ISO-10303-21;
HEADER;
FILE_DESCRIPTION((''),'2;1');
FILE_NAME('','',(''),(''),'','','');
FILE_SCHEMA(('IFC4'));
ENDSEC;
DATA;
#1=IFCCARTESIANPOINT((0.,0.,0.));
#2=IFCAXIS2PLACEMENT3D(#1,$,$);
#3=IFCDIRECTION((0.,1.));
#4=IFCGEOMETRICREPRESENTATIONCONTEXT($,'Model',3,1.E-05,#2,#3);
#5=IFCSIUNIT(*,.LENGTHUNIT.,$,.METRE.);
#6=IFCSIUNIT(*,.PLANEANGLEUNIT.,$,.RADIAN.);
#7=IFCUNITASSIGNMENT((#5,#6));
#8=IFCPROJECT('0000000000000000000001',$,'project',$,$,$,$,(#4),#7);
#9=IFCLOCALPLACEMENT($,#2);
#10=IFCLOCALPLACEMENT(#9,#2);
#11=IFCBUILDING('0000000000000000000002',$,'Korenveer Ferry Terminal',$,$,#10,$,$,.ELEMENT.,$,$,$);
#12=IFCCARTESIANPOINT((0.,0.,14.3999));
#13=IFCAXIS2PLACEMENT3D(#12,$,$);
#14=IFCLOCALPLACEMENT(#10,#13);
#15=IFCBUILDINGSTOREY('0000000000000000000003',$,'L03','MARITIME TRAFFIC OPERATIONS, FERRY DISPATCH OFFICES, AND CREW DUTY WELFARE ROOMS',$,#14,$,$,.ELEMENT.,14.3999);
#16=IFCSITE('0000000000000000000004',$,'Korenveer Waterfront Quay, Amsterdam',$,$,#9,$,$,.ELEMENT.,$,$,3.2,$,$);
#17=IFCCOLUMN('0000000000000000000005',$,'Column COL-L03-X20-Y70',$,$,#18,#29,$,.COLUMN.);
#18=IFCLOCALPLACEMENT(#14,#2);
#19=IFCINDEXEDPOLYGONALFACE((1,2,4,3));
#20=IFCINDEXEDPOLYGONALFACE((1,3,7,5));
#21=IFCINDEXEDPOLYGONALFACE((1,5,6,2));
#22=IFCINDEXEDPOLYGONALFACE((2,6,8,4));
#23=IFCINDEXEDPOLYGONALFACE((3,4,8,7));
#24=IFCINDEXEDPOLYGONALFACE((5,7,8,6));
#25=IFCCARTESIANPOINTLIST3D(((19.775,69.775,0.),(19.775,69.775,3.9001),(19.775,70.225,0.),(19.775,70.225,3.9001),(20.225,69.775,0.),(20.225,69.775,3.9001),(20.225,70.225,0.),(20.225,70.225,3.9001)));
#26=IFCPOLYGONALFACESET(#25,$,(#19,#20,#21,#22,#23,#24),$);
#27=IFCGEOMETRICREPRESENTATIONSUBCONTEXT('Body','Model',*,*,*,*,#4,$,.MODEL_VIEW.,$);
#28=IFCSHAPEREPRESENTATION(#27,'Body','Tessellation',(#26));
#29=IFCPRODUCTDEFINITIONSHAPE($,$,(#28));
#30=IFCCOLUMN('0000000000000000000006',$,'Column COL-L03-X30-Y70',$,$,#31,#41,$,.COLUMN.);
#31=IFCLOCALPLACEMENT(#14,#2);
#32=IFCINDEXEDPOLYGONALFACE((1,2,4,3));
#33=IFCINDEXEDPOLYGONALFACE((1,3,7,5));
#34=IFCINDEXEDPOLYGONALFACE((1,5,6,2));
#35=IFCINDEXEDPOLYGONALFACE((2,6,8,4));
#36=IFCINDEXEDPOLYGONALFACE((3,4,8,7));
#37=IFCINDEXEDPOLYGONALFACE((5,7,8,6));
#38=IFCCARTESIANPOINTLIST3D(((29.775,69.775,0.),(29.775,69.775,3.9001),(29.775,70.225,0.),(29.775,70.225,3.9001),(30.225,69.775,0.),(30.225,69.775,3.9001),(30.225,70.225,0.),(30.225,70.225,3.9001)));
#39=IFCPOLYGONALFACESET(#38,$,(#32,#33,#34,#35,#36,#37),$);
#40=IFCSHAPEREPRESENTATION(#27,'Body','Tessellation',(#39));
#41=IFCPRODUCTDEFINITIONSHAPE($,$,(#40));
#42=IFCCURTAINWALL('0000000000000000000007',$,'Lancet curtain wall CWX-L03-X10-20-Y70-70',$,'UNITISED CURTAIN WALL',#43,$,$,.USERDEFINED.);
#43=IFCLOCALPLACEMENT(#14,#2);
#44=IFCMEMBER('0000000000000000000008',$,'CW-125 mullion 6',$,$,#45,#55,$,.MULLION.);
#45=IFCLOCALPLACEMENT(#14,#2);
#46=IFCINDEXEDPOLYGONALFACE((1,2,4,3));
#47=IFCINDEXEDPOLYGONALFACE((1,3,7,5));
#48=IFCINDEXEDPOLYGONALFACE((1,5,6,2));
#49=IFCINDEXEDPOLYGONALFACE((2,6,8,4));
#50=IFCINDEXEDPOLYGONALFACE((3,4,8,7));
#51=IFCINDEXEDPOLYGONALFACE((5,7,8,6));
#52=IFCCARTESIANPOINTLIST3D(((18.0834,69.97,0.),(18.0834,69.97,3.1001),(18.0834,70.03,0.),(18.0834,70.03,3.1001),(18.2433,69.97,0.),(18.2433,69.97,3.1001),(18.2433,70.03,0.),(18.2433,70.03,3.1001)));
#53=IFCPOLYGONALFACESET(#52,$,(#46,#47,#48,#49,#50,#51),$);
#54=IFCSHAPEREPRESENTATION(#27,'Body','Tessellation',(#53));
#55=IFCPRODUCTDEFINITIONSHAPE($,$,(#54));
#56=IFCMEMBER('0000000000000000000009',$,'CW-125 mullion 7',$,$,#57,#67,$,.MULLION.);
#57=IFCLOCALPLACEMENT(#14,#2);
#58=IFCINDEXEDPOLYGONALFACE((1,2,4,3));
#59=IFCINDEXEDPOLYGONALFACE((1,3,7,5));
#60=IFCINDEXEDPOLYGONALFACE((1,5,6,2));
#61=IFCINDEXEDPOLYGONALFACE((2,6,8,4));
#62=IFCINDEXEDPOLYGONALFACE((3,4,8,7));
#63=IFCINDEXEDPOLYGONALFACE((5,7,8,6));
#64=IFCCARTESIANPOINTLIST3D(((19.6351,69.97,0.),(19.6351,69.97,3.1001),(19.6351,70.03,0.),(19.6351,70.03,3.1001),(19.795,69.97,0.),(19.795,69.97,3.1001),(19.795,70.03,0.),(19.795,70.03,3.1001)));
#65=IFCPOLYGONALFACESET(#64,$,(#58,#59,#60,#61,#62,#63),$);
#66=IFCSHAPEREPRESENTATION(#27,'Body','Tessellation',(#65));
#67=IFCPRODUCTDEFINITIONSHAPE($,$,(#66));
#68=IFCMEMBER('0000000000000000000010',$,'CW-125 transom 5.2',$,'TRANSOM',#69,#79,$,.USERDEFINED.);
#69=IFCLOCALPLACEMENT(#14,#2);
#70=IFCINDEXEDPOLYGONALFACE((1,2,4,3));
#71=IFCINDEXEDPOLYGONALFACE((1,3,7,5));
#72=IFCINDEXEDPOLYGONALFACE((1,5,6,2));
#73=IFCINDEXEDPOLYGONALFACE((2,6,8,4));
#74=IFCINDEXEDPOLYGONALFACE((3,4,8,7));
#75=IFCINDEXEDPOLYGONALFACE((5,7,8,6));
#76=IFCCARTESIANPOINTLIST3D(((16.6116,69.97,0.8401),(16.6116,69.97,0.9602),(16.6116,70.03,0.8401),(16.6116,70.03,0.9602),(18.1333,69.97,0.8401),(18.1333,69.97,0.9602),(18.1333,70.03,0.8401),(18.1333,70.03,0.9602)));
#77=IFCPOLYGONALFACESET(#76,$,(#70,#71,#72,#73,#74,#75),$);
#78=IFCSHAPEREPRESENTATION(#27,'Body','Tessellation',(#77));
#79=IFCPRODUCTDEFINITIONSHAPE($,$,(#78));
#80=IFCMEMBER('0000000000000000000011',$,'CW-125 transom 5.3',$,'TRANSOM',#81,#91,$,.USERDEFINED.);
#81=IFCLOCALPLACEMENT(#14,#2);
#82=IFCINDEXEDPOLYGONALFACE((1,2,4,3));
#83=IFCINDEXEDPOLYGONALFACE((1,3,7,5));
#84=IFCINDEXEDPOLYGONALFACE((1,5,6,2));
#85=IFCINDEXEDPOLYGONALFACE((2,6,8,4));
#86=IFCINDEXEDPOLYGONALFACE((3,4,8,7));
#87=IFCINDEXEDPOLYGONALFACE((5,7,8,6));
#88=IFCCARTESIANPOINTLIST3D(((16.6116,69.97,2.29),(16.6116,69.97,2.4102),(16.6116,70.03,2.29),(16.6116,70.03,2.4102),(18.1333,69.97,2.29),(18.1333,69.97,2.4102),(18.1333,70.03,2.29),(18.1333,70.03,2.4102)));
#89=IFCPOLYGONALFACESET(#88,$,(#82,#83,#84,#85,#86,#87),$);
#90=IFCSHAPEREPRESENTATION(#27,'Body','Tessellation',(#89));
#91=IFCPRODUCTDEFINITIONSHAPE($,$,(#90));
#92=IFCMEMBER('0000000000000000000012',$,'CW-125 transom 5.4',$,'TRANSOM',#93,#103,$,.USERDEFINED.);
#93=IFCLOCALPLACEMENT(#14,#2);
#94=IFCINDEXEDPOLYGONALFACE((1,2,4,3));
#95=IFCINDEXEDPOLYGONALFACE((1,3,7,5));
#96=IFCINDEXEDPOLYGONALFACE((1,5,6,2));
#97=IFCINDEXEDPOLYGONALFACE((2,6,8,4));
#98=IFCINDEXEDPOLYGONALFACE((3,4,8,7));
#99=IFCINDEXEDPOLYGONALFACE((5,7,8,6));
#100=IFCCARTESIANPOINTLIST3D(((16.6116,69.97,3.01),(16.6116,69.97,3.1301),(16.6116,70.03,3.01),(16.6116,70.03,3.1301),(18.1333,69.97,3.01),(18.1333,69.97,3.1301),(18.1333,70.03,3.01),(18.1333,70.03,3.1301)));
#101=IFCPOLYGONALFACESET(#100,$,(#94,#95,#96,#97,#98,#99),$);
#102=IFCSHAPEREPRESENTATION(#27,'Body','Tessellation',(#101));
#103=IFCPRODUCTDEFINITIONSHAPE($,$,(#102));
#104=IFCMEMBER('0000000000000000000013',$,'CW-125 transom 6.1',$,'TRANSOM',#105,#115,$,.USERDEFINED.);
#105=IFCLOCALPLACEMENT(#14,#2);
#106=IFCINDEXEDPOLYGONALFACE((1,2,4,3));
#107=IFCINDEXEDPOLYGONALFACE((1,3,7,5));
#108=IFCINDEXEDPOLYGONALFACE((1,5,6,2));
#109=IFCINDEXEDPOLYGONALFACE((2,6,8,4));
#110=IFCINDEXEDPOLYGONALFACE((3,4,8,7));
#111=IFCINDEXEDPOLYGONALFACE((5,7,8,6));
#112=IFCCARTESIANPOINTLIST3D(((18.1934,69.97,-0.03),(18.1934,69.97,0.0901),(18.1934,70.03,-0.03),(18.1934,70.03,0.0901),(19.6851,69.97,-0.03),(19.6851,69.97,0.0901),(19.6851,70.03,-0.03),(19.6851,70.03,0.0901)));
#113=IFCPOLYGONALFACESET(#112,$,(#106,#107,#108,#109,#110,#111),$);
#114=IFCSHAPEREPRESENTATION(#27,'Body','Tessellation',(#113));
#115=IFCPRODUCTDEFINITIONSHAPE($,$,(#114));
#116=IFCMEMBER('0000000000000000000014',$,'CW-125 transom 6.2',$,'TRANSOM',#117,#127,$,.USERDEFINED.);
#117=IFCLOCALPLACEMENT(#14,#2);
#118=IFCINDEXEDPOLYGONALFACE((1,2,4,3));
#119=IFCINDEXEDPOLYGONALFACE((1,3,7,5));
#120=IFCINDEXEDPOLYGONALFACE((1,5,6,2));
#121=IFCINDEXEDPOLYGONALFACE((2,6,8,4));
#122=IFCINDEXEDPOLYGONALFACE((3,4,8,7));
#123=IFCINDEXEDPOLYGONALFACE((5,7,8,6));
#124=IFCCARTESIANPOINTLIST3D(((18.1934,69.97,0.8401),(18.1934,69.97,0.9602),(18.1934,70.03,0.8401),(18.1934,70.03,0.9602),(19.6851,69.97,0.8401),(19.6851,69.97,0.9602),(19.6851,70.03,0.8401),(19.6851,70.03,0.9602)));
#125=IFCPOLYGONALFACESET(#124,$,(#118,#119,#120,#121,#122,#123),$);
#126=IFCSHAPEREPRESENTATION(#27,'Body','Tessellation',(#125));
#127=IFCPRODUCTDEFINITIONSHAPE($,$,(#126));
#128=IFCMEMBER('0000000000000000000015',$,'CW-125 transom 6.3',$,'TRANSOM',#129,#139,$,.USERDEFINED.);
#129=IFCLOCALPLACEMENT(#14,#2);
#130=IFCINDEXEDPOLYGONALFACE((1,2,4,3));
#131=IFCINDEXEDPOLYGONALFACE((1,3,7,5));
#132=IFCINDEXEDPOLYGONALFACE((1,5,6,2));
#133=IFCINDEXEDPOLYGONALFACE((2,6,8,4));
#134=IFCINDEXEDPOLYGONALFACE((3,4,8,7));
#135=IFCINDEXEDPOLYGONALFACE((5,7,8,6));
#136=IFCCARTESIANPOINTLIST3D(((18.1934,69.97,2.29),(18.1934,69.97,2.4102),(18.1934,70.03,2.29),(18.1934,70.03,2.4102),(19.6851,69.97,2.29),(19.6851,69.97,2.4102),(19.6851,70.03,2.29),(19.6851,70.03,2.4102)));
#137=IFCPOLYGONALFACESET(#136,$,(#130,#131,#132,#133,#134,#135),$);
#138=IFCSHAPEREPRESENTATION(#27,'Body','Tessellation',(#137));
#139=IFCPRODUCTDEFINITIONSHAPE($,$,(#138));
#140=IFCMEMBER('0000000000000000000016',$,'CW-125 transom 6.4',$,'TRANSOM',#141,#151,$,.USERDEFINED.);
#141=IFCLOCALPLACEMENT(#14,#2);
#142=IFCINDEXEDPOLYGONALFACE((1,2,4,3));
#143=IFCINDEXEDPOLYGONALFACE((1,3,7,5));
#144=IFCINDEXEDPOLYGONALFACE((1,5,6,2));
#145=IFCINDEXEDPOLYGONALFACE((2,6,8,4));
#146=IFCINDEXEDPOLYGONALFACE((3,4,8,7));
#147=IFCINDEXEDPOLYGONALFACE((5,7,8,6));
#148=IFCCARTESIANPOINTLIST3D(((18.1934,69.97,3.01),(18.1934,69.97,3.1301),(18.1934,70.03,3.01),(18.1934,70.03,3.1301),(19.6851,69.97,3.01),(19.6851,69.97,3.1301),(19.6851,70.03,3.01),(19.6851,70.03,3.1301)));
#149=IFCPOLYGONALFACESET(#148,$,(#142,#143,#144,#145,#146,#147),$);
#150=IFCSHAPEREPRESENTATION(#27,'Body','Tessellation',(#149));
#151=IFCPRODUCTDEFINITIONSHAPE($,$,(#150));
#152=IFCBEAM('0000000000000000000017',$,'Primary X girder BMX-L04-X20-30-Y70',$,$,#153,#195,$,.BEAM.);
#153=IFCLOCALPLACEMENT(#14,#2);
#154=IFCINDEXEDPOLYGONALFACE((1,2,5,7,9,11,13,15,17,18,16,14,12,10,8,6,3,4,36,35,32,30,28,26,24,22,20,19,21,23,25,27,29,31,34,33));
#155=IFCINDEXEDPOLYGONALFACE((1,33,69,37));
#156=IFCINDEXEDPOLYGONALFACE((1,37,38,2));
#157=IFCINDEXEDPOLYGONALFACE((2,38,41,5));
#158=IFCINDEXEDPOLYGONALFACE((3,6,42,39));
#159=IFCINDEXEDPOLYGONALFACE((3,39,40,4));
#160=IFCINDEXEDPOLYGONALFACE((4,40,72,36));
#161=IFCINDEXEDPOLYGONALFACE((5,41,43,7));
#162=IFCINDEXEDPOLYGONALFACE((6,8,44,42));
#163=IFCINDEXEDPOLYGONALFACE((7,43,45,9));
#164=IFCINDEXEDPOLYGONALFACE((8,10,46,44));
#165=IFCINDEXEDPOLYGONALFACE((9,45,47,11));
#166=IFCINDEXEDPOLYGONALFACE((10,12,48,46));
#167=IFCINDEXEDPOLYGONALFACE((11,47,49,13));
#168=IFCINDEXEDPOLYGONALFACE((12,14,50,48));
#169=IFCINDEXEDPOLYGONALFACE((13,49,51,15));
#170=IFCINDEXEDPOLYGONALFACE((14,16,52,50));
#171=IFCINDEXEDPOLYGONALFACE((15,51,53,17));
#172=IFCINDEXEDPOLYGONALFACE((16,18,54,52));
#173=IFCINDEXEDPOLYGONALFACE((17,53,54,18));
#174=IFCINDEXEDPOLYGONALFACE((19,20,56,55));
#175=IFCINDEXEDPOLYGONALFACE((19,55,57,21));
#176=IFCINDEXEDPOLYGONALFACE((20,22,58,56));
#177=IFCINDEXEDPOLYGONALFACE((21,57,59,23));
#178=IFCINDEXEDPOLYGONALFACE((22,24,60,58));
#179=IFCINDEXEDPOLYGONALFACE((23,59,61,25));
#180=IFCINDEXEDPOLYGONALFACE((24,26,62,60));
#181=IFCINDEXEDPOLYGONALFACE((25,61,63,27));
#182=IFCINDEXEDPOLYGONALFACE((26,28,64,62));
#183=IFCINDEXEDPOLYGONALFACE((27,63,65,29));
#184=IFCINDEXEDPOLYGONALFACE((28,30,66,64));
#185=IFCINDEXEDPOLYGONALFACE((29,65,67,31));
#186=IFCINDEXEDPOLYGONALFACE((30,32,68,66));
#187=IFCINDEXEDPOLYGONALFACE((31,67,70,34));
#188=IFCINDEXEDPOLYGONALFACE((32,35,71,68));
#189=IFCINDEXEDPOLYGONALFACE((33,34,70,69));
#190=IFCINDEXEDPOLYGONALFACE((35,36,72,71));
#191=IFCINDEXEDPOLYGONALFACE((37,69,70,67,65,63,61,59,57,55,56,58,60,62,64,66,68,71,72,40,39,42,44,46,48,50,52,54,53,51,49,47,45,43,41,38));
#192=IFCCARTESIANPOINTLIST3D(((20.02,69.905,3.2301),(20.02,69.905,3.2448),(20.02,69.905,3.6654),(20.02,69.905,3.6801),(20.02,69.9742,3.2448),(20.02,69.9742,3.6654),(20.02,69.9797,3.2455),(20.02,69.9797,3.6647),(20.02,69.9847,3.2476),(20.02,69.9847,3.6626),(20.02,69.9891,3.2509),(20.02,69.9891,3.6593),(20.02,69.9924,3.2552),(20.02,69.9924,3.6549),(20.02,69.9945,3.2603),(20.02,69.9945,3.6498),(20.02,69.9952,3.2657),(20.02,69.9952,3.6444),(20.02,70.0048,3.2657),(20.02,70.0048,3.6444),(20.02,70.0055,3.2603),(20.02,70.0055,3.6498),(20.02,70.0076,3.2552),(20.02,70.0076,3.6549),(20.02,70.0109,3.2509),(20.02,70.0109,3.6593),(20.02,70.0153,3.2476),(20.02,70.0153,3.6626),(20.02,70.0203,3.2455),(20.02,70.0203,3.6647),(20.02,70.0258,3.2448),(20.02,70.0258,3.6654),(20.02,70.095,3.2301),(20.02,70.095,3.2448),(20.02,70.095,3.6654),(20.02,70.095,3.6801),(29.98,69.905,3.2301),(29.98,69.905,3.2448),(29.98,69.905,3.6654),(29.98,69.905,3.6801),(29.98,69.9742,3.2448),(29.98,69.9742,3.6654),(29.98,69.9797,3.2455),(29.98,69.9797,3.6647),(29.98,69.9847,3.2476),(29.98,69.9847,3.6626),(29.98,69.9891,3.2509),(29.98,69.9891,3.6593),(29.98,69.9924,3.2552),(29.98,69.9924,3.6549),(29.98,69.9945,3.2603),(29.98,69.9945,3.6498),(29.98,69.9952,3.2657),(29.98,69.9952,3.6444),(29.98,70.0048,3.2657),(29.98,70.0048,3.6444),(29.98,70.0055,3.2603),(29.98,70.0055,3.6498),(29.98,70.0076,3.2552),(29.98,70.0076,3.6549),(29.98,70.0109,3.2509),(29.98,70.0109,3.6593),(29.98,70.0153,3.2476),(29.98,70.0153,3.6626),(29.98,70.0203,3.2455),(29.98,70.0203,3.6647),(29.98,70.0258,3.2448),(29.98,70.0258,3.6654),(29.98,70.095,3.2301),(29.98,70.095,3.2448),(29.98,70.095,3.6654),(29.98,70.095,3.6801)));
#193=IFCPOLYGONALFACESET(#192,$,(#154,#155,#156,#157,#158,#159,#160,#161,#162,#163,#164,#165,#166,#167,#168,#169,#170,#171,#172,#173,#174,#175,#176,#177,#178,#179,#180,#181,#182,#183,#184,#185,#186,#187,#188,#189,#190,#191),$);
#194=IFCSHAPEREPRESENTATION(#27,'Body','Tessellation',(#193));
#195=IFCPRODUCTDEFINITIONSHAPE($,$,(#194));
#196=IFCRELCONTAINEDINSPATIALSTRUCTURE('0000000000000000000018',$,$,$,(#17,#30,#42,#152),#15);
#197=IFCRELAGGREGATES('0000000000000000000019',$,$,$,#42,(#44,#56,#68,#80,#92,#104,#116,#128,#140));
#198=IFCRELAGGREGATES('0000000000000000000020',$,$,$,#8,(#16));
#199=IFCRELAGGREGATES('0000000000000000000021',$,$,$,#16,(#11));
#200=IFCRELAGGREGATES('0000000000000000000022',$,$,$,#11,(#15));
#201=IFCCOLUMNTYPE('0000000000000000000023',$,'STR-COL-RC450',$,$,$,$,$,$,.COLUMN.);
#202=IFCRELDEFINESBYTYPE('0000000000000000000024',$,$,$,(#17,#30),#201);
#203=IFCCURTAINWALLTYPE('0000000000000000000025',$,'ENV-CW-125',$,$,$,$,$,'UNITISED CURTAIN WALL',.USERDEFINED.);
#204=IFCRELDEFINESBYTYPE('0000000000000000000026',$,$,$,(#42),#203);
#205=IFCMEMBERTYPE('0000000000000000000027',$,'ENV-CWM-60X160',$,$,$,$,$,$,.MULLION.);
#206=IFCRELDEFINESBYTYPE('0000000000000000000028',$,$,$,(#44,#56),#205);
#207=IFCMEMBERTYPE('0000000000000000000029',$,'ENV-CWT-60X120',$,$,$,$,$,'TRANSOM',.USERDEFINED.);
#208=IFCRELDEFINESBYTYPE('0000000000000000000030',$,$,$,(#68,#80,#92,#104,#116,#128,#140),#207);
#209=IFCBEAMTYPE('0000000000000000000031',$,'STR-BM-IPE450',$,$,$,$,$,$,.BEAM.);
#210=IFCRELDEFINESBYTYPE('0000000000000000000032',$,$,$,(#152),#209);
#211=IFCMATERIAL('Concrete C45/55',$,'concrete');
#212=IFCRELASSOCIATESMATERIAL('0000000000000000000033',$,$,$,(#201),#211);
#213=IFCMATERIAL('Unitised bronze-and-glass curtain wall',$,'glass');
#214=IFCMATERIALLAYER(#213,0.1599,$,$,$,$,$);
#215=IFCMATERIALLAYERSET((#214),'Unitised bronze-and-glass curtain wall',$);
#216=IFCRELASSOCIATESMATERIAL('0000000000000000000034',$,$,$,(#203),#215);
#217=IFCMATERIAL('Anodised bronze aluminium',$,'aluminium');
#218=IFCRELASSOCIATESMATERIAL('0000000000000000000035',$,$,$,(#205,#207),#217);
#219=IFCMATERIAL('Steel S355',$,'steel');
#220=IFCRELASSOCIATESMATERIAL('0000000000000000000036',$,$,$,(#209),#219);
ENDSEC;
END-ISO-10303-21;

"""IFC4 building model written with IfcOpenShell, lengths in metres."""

from ifc_helpers import new_model, si_unit, direction, frame, origin, origin_2d, place, context, subcontext, project, spatial, rectangle, i_section, extrude, material, layer, layer_set, material_profile, profile_set, type_object, element, aggregate, save


model = new_model("IFC4")

# Units and contexts
model_context = context("Model", 3, precision=1e-05, world=origin(), true_north=direction((0.0, 1.0)))
body_context = subcontext(model_context, "Body", "Model", "MODEL_VIEW")
ifc_project = project(units=[si_unit("LENGTHUNIT", "METRE"), si_unit("PLANEANGLEUNIT", "RADIAN")], contexts=[model_context])

# Site, building, storey
site_placement = place(None, origin())
site = spatial("IfcSite", under=ifc_project, at=site_placement, Name="Korenveer Waterfront Quay, Amsterdam", CompositionType="ELEMENT", RefElevation=3.2)
building_placement = place(site_placement, origin())
building = spatial("IfcBuilding", under=site, at=building_placement, Name="Korenveer Ferry Terminal", CompositionType="ELEMENT")
storey_placement = place(building_placement, frame((0.0, 0.0, 14.3999)))
storey = spatial("IfcBuildingStorey", under=building, at=storey_placement, Name="L03", Description="MARITIME TRAFFIC OPERATIONS, FERRY DISPATCH OFFICES, AND CREW DUTY WELFARE ROOMS", CompositionType="ELEMENT", Elevation=14.3999)

# Columns
ifc_material_1 = material(Name="Concrete C45/55", Category="concrete")
ifc_material_profile_1 = material_profile(ifc_material_1, rectangle(XDim=0.45, YDim=0.45, at=origin_2d()), Name="RC 450x450")
ifc_profile_set_1 = profile_set([ifc_material_profile_1], Name="Concrete C45/55")
column_type = type_object("IfcColumnType", Name="STR-COL-RC450", PredefinedType="COLUMN", material=ifc_profile_set_1)
for number, where, z_axis, x_axis, name in (
    (1, (20.0, 70.0, 0.0), (0.0, 0.0, 1.0), (1.0, 0.0, 0.0), "Column COL-L03-X20-Y70"),
    (2, (30.0, 70.0, 0.0), (0.0, 0.0, 1.0), (1.0, 0.0, 0.0), "Column COL-L03-X30-Y70"),
):
    element("IfcColumn", number, at=place(storey_placement, frame(where, z_axis=z_axis, x_axis=x_axis)), inside=storey, type_object=column_type, Name=name, PredefinedType="COLUMN", context=body_context, shape_type="SweptSolid", body=[
        extrude(rectangle(XDim=0.45, YDim=0.45, at=origin_2d()), origin(), (0.0, 0.0, 1.0), 3.9001),
    ])

# Curtain wall, members
ifc_material_2 = material(Name="Unitised bronze-and-glass curtain wall", Category="glass")
ifc_layer_1 = layer(ifc_material_2, 0.1599)
ifc_layer_set_1 = layer_set([ifc_layer_1], Name="Unitised bronze-and-glass curtain wall")
curtain_wall_type = type_object("IfcCurtainWallType", Name="ENV-CW-125", ElementType="UNITISED CURTAIN WALL", PredefinedType="USERDEFINED", material=ifc_layer_set_1)
curtain_wall_placement = place(storey_placement, frame((10.2549, 70.0, 0.0)))
curtain_wall = element("IfcCurtainWall", 3, at=curtain_wall_placement, inside=storey, type_object=curtain_wall_type, Name="Lancet curtain wall CWX-L03-X10-20-Y70-70", ObjectType="UNITISED CURTAIN WALL", PredefinedType="USERDEFINED")
ifc_material_3 = material(Name="Anodised bronze aluminium", Category="aluminium")
ifc_material_profile_2 = material_profile(ifc_material_3, rectangle(XDim=0.0601, YDim=0.1599, at=origin_2d()), Name="ALU 60x160")
ifc_profile_set_2 = profile_set([ifc_material_profile_2], Name="Anodised bronze aluminium")
member_type_1 = type_object("IfcMemberType", Name="ENV-CWM-60X160", PredefinedType="MULLION", material=ifc_profile_set_2)
member_1_placement = place(storey_placement, frame((18.1633, 70.0, 0.0), z_axis=(0.0, 0.0, 1.0), x_axis=(0.0, 1.0, 0.0)))
member_1 = element("IfcMember", 4, at=member_1_placement, type_object=member_type_1, Name="CW-125 mullion 6", PredefinedType="MULLION", context=body_context, shape_type="SweptSolid", body=[
    extrude(rectangle(XDim=0.0601, YDim=0.1599, at=origin_2d()), origin(), (0.0, 0.0, 1.0), 3.1001),
])
member_2_placement = place(storey_placement, frame((19.7151, 70.0, 0.0), z_axis=(0.0, 0.0, 1.0), x_axis=(0.0, 1.0, 0.0)))
member_2 = element("IfcMember", 5, at=member_2_placement, type_object=member_type_1, Name="CW-125 mullion 7", PredefinedType="MULLION", context=body_context, shape_type="SweptSolid", body=[
    extrude(rectangle(XDim=0.0601, YDim=0.1599, at=origin_2d()), origin(), (0.0, 0.0, 1.0), 3.1001),
])
ifc_material_profile_3 = material_profile(ifc_material_3, rectangle(XDim=0.0601, YDim=0.1201, at=origin_2d()), Name="ALU 60x120")
ifc_profile_set_3 = profile_set([ifc_material_profile_3], Name="Anodised bronze aluminium")
member_type_2 = type_object("IfcMemberType", Name="ENV-CWT-60X120", ElementType="TRANSOM", PredefinedType="USERDEFINED", material=ifc_profile_set_3)
member_3_placement = place(storey_placement, frame((16.6116, 70.0, 0.9001), z_axis=(1.0, 0.0, 0.0), x_axis=(0.0, 1.0, 0.0)))
member_3 = element("IfcMember", 6, at=member_3_placement, type_object=member_type_2, Name="CW-125 transom 5.2", ObjectType="TRANSOM", PredefinedType="USERDEFINED", context=body_context, shape_type="SweptSolid", body=[
    extrude(rectangle(XDim=0.0601, YDim=0.1201, at=origin_2d()), origin(), (0.0, 0.0, 1.0), 1.5217),
])
member_4_placement = place(storey_placement, frame((16.6116, 70.0, 2.3501), z_axis=(1.0, 0.0, 0.0), x_axis=(0.0, 1.0, 0.0)))
member_4 = element("IfcMember", 7, at=member_4_placement, type_object=member_type_2, Name="CW-125 transom 5.3", ObjectType="TRANSOM", PredefinedType="USERDEFINED", context=body_context, shape_type="SweptSolid", body=[
    extrude(rectangle(XDim=0.0601, YDim=0.1201, at=origin_2d()), origin(), (0.0, 0.0, 1.0), 1.5217),
])
member_5_placement = place(storey_placement, frame((16.6116, 70.0, 3.0701), z_axis=(1.0, 0.0, 0.0), x_axis=(0.0, 1.0, 0.0)))
member_5 = element("IfcMember", 8, at=member_5_placement, type_object=member_type_2, Name="CW-125 transom 5.4", ObjectType="TRANSOM", PredefinedType="USERDEFINED", context=body_context, shape_type="SweptSolid", body=[
    extrude(rectangle(XDim=0.0601, YDim=0.1201, at=origin_2d()), origin(), (0.0, 0.0, 1.0), 1.5217),
])
member_6_placement = place(storey_placement, frame((18.1934, 70.0, 0.03), z_axis=(1.0, 0.0, 0.0), x_axis=(0.0, 1.0, 0.0)))
member_6 = element("IfcMember", 9, at=member_6_placement, type_object=member_type_2, Name="CW-125 transom 6.1", ObjectType="TRANSOM", PredefinedType="USERDEFINED", context=body_context, shape_type="SweptSolid", body=[
    extrude(rectangle(XDim=0.0601, YDim=0.1201, at=origin_2d()), origin(), (0.0, 0.0, 1.0), 1.4917),
])
member_7_placement = place(storey_placement, frame((18.1934, 70.0, 0.9001), z_axis=(1.0, 0.0, 0.0), x_axis=(0.0, 1.0, 0.0)))
member_7 = element("IfcMember", 10, at=member_7_placement, type_object=member_type_2, Name="CW-125 transom 6.2", ObjectType="TRANSOM", PredefinedType="USERDEFINED", context=body_context, shape_type="SweptSolid", body=[
    extrude(rectangle(XDim=0.0601, YDim=0.1201, at=origin_2d()), origin(), (0.0, 0.0, 1.0), 1.4917),
])
member_8_placement = place(storey_placement, frame((18.1934, 70.0, 2.3501), z_axis=(1.0, 0.0, 0.0), x_axis=(0.0, 1.0, 0.0)))
member_8 = element("IfcMember", 11, at=member_8_placement, type_object=member_type_2, Name="CW-125 transom 6.3", ObjectType="TRANSOM", PredefinedType="USERDEFINED", context=body_context, shape_type="SweptSolid", body=[
    extrude(rectangle(XDim=0.0601, YDim=0.1201, at=origin_2d()), origin(), (0.0, 0.0, 1.0), 1.4917),
])
member_9_placement = place(storey_placement, frame((18.1934, 70.0, 3.0701), z_axis=(1.0, 0.0, 0.0), x_axis=(0.0, 1.0, 0.0)))
member_9 = element("IfcMember", 12, at=member_9_placement, type_object=member_type_2, Name="CW-125 transom 6.4", ObjectType="TRANSOM", PredefinedType="USERDEFINED", context=body_context, shape_type="SweptSolid", body=[
    extrude(rectangle(XDim=0.0601, YDim=0.1201, at=origin_2d()), origin(), (0.0, 0.0, 1.0), 1.4917),
])

# Beam
ifc_material_4 = material(Name="Steel S355", Category="steel")
ifc_material_profile_4 = material_profile(ifc_material_4, i_section(OverallWidth=0.1899, OverallDepth=0.45, WebThickness=0.0095, FlangeThickness=0.0146, FilletRadius=0.021, at=origin_2d()), Name="IPE 450")
ifc_profile_set_4 = profile_set([ifc_material_profile_4], Name="Steel S355")
beam_type = type_object("IfcBeamType", Name="STR-BM-IPE450", PredefinedType="BEAM", material=ifc_profile_set_4)
beam_placement = place(storey_placement, frame((20.02, 70.0, 3.4551), z_axis=(1.0, 0.0, 0.0), x_axis=(0.0, 1.0, 0.0)))
element("IfcBeam", 13, at=beam_placement, inside=storey, type_object=beam_type, Name="Primary X girder BMX-L04-X20-30-Y70", PredefinedType="BEAM", context=body_context, shape_type="SweptSolid", body=[
    extrude(i_section(OverallWidth=0.1899, OverallDepth=0.45, WebThickness=0.0095, FlangeThickness=0.0146, FilletRadius=0.021, at=origin_2d()), origin(), (0.0, 0.0, 1.0), 9.96),
])

aggregate(curtain_wall, [member_1, member_2, member_3, member_4, member_5, member_6, member_7, member_8, member_9])

save(model, "model.ifc")
